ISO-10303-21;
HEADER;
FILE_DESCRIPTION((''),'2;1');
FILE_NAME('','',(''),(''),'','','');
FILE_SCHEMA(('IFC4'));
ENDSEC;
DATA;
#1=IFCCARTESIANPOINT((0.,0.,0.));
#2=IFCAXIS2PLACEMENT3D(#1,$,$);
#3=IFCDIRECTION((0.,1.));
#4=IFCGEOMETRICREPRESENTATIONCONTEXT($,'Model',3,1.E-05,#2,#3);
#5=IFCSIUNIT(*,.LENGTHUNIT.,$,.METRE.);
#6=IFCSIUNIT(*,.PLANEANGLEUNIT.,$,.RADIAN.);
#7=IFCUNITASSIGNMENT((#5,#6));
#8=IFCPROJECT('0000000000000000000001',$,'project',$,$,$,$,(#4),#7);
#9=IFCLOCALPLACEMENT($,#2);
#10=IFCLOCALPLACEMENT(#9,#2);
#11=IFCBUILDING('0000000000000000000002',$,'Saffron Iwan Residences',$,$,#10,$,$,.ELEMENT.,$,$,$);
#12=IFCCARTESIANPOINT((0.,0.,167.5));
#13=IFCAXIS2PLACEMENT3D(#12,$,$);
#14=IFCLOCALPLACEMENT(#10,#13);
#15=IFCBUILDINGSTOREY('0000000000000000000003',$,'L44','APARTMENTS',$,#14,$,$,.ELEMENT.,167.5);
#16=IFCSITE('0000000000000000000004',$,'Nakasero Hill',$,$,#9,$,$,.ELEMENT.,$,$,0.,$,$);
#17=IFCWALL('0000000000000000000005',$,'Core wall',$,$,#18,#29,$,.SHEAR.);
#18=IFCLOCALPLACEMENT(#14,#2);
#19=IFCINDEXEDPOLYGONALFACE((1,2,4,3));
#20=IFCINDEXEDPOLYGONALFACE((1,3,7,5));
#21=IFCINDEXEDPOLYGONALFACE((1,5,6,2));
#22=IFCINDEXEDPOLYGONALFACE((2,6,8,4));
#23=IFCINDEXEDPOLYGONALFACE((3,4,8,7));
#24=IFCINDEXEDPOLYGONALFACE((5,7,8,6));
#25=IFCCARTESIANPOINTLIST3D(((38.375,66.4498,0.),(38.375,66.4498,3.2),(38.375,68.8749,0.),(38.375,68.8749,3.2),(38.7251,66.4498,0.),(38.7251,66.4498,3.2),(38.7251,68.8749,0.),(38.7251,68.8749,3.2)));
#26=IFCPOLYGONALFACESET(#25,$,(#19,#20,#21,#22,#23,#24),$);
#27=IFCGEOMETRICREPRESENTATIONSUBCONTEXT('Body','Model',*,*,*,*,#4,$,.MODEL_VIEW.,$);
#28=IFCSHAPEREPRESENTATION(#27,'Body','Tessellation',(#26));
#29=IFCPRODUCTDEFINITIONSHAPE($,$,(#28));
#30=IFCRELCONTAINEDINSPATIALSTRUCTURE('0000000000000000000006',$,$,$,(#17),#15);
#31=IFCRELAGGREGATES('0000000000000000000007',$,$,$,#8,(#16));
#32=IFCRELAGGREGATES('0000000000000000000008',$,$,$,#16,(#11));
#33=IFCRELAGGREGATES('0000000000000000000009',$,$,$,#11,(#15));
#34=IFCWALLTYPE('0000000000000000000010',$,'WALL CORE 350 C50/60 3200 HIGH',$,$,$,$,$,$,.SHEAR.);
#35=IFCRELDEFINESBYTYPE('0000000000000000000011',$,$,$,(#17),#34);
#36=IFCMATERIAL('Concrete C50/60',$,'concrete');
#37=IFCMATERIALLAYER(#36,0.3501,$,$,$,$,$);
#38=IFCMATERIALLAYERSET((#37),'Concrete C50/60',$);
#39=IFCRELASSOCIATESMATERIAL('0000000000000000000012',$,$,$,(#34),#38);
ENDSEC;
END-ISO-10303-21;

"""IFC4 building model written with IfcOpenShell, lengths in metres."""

from ifc_helpers import new_model, si_unit, direction, frame, frame_2d, origin, place, context, subcontext, project, spatial, rectangle, extrude, material, layer, layer_set, type_object, element, save


model = new_model("IFC4")

# Units and contexts
model_context = context("Model", 3, precision=1e-05, world=origin(), true_north=direction((0.0, 1.0)))
body_context = subcontext(model_context, "Body", "Model", "MODEL_VIEW")
ifc_project = project(units=[si_unit("LENGTHUNIT", "METRE"), si_unit("PLANEANGLEUNIT", "RADIAN")], contexts=[model_context])

# Site, building, storey
site_placement = place(None, origin())
site = spatial("IfcSite", under=ifc_project, at=site_placement, Name="Nakasero Hill", CompositionType="ELEMENT", RefElevation=0.0)
building_placement = place(site_placement, origin())
building = spatial("IfcBuilding", under=site, at=building_placement, Name="Saffron Iwan Residences", CompositionType="ELEMENT")
storey_placement = place(building_placement, frame((0.0, 0.0, 167.5)))
storey = spatial("IfcBuildingStorey", under=building, at=storey_placement, Name="L44", Description="APARTMENTS", CompositionType="ELEMENT", Elevation=167.5)

# Shared definitions
ifc_material_1 = material(Name="Concrete C50/60", Category="concrete")
ifc_layer = layer(ifc_material_1, 0.3501)
ifc_layer_set = layer_set([ifc_layer], Name="Concrete C50/60")
wall_type = type_object("IfcWallType", Name="WALL CORE 350 C50/60 3200 HIGH", PredefinedType="SHEAR", material=ifc_layer_set)

# Wall
wall_1_placement = place(storey_placement, frame((38.55, 66.45, 0.0), z_axis=(0.0, 0.0, 1.0), x_axis=(0.0, 1.0, 0.0)))
element("IfcWall", 1, at=wall_1_placement, inside=storey, type_object=wall_type, Name="Core wall", PredefinedType="SHEAR", context=body_context, shape_type="SweptSolid", body=[
    extrude(rectangle(XDim=2.425, YDim=0.3501, at=frame_2d((1.2124, 0.0))), origin(), (0.0, 0.0, 1.0), 3.2),
])

save(model, "model.ifc")
